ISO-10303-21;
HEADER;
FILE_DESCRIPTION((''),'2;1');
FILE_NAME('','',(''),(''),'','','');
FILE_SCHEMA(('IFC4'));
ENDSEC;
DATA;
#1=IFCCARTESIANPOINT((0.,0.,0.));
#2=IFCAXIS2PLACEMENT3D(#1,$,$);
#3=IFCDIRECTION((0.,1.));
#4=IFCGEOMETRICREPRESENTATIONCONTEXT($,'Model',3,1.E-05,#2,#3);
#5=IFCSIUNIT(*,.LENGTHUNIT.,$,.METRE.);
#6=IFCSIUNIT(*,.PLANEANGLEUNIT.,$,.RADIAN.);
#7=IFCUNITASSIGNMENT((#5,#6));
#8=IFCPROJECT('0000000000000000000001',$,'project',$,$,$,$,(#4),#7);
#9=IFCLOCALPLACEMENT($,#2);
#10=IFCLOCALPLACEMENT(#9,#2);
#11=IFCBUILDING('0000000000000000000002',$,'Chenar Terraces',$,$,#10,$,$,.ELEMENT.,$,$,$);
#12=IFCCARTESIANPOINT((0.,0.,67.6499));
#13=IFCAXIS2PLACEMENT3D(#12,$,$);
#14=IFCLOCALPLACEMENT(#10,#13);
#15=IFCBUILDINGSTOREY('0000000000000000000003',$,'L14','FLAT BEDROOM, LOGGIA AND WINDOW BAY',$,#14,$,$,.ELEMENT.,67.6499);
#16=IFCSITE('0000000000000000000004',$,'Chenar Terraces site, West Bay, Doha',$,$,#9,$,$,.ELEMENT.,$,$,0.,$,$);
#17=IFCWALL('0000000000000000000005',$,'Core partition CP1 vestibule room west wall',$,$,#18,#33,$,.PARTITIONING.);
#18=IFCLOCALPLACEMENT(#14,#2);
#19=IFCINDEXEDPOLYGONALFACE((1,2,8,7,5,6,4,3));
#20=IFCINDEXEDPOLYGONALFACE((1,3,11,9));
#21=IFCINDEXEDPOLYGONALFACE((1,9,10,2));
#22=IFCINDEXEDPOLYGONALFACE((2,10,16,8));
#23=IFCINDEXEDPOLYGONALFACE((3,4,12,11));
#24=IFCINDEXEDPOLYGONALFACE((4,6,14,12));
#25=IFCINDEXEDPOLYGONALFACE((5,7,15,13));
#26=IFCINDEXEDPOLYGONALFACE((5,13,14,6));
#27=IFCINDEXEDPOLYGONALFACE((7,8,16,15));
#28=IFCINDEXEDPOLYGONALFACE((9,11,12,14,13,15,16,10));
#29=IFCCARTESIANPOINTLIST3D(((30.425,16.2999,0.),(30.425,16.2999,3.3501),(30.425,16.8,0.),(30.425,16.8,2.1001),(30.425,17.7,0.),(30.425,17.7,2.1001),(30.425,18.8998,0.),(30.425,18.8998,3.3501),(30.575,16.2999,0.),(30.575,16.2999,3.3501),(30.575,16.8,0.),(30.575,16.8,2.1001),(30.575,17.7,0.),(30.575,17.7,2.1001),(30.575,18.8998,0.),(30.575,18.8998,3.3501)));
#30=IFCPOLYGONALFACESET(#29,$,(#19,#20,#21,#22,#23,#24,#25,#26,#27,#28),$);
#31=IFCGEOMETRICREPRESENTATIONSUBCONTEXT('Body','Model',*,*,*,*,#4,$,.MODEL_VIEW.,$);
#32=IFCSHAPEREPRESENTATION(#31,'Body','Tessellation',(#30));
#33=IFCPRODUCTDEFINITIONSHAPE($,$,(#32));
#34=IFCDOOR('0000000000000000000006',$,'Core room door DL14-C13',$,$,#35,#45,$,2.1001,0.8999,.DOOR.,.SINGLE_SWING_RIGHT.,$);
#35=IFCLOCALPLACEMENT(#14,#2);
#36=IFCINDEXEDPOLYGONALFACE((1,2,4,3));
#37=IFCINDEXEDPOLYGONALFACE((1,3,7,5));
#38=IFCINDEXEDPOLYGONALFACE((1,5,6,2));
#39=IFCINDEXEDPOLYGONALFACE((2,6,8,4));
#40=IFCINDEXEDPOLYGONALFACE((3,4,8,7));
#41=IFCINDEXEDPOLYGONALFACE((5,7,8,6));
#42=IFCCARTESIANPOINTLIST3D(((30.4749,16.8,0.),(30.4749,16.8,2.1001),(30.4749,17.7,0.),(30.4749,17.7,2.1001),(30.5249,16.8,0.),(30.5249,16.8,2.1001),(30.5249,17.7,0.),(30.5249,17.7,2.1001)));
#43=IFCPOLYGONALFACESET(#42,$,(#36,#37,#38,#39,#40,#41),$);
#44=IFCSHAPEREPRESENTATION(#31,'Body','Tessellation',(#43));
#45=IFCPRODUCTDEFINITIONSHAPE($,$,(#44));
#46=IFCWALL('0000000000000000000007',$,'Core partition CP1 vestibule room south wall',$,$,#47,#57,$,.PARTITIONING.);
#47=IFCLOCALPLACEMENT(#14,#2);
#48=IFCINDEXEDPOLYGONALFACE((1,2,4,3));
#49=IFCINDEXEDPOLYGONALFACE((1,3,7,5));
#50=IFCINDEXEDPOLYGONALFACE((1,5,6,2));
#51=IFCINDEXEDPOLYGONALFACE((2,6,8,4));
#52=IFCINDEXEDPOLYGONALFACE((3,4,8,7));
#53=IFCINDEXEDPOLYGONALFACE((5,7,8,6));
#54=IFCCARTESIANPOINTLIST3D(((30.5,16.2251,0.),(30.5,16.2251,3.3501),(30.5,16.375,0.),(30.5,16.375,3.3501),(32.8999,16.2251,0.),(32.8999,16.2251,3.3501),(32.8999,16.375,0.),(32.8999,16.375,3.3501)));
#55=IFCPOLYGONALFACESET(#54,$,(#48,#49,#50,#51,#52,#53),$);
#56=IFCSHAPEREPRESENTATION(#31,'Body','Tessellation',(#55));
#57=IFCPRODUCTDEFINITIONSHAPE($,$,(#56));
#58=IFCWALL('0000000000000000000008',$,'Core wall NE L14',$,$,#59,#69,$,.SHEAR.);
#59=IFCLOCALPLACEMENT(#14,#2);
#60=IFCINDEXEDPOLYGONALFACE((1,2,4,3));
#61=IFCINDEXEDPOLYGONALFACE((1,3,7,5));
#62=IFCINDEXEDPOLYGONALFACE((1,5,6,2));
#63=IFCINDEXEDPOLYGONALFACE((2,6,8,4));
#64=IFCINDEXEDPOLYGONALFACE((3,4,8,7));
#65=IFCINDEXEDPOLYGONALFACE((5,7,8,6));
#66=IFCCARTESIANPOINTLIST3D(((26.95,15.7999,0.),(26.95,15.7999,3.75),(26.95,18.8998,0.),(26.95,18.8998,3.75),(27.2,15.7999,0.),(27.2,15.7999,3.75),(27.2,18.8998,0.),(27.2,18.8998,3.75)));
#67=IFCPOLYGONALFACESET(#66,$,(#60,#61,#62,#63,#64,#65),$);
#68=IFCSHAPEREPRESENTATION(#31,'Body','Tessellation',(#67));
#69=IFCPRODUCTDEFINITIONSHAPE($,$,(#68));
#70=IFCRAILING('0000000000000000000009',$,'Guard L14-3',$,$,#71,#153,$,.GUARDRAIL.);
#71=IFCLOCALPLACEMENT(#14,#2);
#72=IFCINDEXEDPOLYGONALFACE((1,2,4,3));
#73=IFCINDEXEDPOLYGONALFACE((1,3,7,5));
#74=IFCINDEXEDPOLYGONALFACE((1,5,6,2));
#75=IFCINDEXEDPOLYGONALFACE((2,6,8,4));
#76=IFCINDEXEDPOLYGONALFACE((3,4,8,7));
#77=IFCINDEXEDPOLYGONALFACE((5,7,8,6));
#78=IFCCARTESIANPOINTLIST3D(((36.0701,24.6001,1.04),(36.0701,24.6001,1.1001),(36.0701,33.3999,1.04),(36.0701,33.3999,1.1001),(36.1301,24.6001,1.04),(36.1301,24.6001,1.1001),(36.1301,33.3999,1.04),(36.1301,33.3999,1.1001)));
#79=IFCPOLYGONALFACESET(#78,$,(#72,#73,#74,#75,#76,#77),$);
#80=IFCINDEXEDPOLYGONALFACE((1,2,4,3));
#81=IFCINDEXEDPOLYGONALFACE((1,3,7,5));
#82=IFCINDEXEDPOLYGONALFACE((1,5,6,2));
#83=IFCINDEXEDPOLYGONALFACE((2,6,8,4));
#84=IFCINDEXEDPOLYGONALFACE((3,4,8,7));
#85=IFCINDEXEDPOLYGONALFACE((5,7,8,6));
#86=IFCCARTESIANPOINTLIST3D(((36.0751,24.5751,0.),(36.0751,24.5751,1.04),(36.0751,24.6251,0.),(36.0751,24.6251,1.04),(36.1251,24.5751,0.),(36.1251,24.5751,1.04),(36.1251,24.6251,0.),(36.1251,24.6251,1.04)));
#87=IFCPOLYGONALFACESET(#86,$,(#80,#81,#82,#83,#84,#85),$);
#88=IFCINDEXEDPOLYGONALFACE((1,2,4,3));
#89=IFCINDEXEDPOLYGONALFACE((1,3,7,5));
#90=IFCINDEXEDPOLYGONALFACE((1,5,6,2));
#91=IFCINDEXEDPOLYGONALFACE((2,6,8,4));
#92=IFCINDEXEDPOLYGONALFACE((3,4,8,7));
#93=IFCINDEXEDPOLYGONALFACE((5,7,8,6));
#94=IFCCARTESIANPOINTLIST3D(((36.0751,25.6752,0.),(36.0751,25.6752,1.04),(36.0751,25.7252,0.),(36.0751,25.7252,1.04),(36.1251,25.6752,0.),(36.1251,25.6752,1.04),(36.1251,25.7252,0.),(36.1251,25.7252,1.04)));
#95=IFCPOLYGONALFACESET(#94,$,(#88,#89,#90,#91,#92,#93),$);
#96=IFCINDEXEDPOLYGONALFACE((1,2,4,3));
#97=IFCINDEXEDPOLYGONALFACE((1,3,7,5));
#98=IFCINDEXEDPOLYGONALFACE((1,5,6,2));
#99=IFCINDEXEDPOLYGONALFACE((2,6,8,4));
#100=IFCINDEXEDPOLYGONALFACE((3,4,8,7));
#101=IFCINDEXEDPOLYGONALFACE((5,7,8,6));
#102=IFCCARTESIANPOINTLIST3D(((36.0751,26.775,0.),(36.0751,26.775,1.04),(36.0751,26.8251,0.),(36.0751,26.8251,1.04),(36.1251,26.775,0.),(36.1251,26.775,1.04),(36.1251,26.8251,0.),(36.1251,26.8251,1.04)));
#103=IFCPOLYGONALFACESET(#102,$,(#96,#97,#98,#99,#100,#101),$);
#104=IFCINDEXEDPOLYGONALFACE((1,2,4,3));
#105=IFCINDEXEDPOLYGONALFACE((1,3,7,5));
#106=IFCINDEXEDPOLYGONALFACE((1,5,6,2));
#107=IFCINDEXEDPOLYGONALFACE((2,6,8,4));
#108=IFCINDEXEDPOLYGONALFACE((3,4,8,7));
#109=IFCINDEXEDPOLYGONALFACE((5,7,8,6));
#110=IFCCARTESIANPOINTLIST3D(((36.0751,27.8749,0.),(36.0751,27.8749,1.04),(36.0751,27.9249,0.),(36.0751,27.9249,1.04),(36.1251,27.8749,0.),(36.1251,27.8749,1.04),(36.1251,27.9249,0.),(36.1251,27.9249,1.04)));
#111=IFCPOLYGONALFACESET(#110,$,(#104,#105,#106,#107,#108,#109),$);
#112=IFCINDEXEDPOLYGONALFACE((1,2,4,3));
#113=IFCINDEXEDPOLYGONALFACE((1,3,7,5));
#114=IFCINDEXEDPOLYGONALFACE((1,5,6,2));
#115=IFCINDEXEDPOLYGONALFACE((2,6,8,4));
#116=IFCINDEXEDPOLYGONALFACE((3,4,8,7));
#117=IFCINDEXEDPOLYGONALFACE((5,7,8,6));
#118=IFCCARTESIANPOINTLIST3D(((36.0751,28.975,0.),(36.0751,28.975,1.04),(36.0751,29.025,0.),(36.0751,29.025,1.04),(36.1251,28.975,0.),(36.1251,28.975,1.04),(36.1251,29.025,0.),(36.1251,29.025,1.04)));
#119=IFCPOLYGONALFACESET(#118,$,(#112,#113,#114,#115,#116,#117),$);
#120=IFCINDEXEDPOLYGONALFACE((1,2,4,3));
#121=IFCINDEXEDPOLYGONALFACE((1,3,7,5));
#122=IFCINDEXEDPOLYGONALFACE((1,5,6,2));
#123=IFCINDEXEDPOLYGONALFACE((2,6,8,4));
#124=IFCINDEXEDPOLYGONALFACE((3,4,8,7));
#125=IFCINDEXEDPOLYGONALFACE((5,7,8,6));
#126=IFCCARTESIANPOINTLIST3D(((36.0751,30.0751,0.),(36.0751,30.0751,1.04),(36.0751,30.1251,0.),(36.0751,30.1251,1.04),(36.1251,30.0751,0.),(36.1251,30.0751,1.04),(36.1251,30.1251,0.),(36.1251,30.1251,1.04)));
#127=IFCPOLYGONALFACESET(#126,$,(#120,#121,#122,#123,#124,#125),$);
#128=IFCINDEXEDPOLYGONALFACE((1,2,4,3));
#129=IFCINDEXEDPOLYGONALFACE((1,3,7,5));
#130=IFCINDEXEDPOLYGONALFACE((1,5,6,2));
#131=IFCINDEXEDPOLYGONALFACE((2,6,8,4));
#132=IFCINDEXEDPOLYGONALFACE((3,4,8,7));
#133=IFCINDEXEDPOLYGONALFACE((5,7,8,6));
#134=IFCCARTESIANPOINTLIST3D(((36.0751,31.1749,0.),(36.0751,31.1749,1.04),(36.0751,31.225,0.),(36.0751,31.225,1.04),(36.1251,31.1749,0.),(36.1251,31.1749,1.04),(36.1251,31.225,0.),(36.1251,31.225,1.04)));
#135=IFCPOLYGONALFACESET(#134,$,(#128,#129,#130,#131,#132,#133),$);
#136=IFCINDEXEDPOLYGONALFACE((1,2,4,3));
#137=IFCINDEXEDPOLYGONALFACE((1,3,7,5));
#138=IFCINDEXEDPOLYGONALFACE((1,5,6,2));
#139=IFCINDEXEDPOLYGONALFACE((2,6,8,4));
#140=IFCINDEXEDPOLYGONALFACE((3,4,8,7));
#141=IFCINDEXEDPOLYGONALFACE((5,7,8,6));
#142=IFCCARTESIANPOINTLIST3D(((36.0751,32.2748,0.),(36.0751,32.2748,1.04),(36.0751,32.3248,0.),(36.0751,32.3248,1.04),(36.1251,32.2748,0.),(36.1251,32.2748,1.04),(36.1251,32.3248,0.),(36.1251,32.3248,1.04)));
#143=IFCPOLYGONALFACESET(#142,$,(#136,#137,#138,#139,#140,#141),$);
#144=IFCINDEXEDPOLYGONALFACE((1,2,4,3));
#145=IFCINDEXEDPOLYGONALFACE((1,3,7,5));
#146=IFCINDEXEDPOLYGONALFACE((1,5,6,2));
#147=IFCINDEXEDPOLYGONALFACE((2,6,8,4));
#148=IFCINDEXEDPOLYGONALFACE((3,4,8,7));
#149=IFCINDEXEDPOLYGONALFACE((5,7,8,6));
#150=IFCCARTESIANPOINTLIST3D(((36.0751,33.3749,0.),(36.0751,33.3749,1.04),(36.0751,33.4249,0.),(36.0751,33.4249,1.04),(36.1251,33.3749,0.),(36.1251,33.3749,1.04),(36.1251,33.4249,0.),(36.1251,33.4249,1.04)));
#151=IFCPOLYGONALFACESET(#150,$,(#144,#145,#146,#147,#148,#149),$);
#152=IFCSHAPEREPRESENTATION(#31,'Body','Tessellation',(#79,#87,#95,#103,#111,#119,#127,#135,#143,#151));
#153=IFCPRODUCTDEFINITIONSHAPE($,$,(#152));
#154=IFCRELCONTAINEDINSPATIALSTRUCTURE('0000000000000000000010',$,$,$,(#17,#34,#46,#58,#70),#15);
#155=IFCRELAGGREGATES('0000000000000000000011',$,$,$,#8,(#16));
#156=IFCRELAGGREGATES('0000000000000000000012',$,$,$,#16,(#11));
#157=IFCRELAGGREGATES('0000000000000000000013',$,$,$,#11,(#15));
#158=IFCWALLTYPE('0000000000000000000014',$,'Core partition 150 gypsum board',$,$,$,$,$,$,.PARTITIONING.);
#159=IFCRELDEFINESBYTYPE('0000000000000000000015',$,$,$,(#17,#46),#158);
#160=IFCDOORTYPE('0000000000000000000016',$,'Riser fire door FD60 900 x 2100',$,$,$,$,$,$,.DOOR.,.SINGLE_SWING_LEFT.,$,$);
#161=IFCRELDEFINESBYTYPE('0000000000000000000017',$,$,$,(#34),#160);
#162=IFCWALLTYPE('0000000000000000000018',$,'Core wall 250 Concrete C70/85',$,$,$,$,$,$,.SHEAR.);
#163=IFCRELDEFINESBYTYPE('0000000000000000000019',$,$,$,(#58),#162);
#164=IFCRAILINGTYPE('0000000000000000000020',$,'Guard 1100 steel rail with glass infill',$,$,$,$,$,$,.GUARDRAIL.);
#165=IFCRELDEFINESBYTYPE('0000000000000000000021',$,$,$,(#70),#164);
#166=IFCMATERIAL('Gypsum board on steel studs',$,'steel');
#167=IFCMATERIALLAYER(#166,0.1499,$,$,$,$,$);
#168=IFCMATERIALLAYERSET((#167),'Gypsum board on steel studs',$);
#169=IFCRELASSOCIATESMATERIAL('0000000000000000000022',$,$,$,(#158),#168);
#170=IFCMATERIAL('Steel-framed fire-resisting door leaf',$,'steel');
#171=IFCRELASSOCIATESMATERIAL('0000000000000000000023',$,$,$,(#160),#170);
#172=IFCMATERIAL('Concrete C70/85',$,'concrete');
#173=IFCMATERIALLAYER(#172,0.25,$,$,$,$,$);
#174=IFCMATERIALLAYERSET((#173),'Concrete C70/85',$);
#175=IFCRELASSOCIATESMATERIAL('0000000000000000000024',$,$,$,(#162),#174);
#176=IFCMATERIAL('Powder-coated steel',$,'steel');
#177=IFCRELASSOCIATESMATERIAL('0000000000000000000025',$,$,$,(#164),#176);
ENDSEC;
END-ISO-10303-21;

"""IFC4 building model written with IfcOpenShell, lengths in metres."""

from ifc_helpers import new_model, si_unit, direction, frame, frame_2d, origin, origin_2d, place, context, subcontext, project, spatial, rectangle, extrude, material, layer, layer_set, type_object, element, fill, save


model = new_model("IFC4")

# Units and contexts
model_context = context("Model", 3, precision=1e-05, world=origin(), true_north=direction((0.0, 1.0)))
body_context = subcontext(model_context, "Body", "Model", "MODEL_VIEW")
ifc_project = project(units=[si_unit("LENGTHUNIT", "METRE"), si_unit("PLANEANGLEUNIT", "RADIAN")], contexts=[model_context])

# Site, building, storey
site_placement = place(None, origin())
site = spatial("IfcSite", under=ifc_project, at=site_placement, Name="Chenar Terraces site, West Bay, Doha", CompositionType="ELEMENT", RefElevation=0.0)
building_placement = place(site_placement, origin())
building = spatial("IfcBuilding", under=site, at=building_placement, Name="Chenar Terraces", CompositionType="ELEMENT")
storey_placement = place(building_placement, frame((0.0, 0.0, 67.6499)))
storey = spatial("IfcBuildingStorey", under=building, at=storey_placement, Name="L14", Description="FLAT BEDROOM, LOGGIA AND WINDOW BAY", CompositionType="ELEMENT", Elevation=67.6499)

# Wall, opening, door
ifc_material_1 = material(Name="Gypsum board on steel studs", Category="steel")
ifc_layer_1 = layer(ifc_material_1, 0.1499)
ifc_layer_set_1 = layer_set([ifc_layer_1], Name="Gypsum board on steel studs")
wall_type_1 = type_object("IfcWallType", Name="Core partition 150 gypsum board", PredefinedType="PARTITIONING", material=ifc_layer_set_1)
wall_1_placement = place(storey_placement, frame((30.5, 16.3, 0.0), z_axis=(0.0, 0.0, 1.0), x_axis=(0.0, 1.0, 0.0)))
wall_1 = element("IfcWall", 1, at=wall_1_placement, inside=storey, type_object=wall_type_1, Name="Core partition CP1 vestibule room west wall", PredefinedType="PARTITIONING", context=body_context, shape_type="SweptSolid", body=[
    extrude(rectangle(XDim=2.5999, YDim=0.1499, at=frame_2d((1.2998, 0.0))), origin(), (0.0, 0.0, 1.0), 3.3501),
])
opening_placement = place(wall_1_placement, frame((0.5, 0.0, 0.0)))
opening = element("IfcOpeningElement", 2, at=opening_placement, cuts=wall_1, PredefinedType="OPENING", context=body_context, shape_type="SweptSolid", body=[
    extrude(rectangle(XDim=0.8999, YDim=2.1001, at=frame_2d((0.45, 1.05))), frame((0.0, 0.085, 0.0), z_axis=(0.0, -1.0, 0.0), x_axis=(1.0, 0.0, 0.0)), (0.0, 0.0, 1.0), 0.1699),
])
ifc_material_2 = material(Name="Steel-framed fire-resisting door leaf", Category="steel")
door_type = type_object("IfcDoorType", Name="Riser fire door FD60 900 x 2100", OperationType="SINGLE_SWING_LEFT", PredefinedType="DOOR", material=ifc_material_2)
door_placement = place(opening_placement, frame((0.8999, 0.0, 0.0), z_axis=(0.0, 0.0, 1.0), x_axis=(-1.0, 0.0, 0.0)))
door = element("IfcDoor", 3, at=door_placement, inside=storey, type_object=door_type, Name="Core room door DL14-C13", OperationType="SINGLE_SWING_RIGHT", OverallHeight=2.1001, OverallWidth=0.8999, PredefinedType="DOOR", context=body_context, shape_type="SweptSolid", body=[
    extrude(rectangle(XDim=0.8999, YDim=2.1001, at=frame_2d((0.45, 1.05))), frame((0.0, 0.0249, 0.0), z_axis=(0.0, -1.0, 0.0), x_axis=(1.0, 0.0, 0.0)), (0.0, 0.0, 1.0), 0.05),
])
fill(opening, door)

# Walls
wall_2_placement = place(storey_placement, frame((30.5, 16.3, 0.0), z_axis=(0.0, 0.0, 1.0), x_axis=(1.0, 0.0, 0.0)))
element("IfcWall", 4, at=wall_2_placement, inside=storey, type_object=wall_type_1, Name="Core partition CP1 vestibule room south wall", PredefinedType="PARTITIONING", context=body_context, shape_type="SweptSolid", body=[
    extrude(rectangle(XDim=2.3999, YDim=0.1499, at=frame_2d((1.2, 0.0))), origin(), (0.0, 0.0, 1.0), 3.3501),
])
ifc_material_3 = material(Name="Concrete C70/85", Category="concrete")
ifc_layer_2 = layer(ifc_material_3, 0.25)
ifc_layer_set_2 = layer_set([ifc_layer_2], Name="Concrete C70/85")
wall_type_2 = type_object("IfcWallType", Name="Core wall 250 Concrete C70/85", PredefinedType="SHEAR", material=ifc_layer_set_2)
wall_3_placement = place(storey_placement, frame((27.075, 15.8, 0.0), z_axis=(0.0, 0.0, 1.0), x_axis=(0.0, 1.0, 0.0)))
element("IfcWall", 5, at=wall_3_placement, inside=storey, type_object=wall_type_2, Name="Core wall NE L14", PredefinedType="SHEAR", context=body_context, shape_type="SweptSolid", body=[
    extrude(rectangle(XDim=3.0999, YDim=0.25, at=frame_2d((1.5498, 0.0))), origin(), (0.0, 0.0, 1.0), 3.75),
])

# Railing
ifc_material_4 = material(Name="Powder-coated steel", Category="steel")
railing_type = type_object("IfcRailingType", Name="Guard 1100 steel rail with glass infill", PredefinedType="GUARDRAIL", material=ifc_material_4)
railing_placement = place(storey_placement, frame((36.1001, 24.6001, 0.0)))
element("IfcRailing", 6, at=railing_placement, inside=storey, type_object=railing_type, Name="Guard L14-3", PredefinedType="GUARDRAIL", context=body_context, shape_type="SweptSolid", body=[
    extrude(rectangle(XDim=0.0601, YDim=0.0601, at=origin_2d()), frame((0.0, 0.0, 1.0701), z_axis=(0.0, 1.0, 0.0), x_axis=(-1.0, 0.0, 0.0)), (0.0, 0.0, 1.0), 8.7998),
    extrude(rectangle(XDim=0.05, YDim=0.05, at=origin_2d()), origin(), (0.0, 0.0, 1.0), 1.04),
    extrude(rectangle(XDim=0.05, YDim=0.05, at=origin_2d()), frame((0.0, 1.1001, 0.0)), (0.0, 0.0, 1.0), 1.04),
    extrude(rectangle(XDim=0.05, YDim=0.05, at=origin_2d()), frame((0.0, 2.2, 0.0)), (0.0, 0.0, 1.0), 1.04),
    extrude(rectangle(XDim=0.05, YDim=0.05, at=origin_2d()), frame((0.0, 3.2998, 0.0)), (0.0, 0.0, 1.0), 1.04),
    extrude(rectangle(XDim=0.05, YDim=0.05, at=origin_2d()), frame((0.0, 4.3999, 0.0)), (0.0, 0.0, 1.0), 1.04),
    extrude(rectangle(XDim=0.05, YDim=0.05, at=origin_2d()), frame((0.0, 5.5, 0.0)), (0.0, 0.0, 1.0), 1.04),
    extrude(rectangle(XDim=0.05, YDim=0.05, at=origin_2d()), frame((0.0, 6.5999, 0.0)), (0.0, 0.0, 1.0), 1.04),
    extrude(rectangle(XDim=0.05, YDim=0.05, at=origin_2d()), frame((0.0, 7.6997, 0.0)), (0.0, 0.0, 1.0), 1.04),
    extrude(rectangle(XDim=0.05, YDim=0.05, at=origin_2d()), frame((0.0, 8.7998, 0.0)), (0.0, 0.0, 1.0), 1.04),
])

save(model, "model.ifc")
